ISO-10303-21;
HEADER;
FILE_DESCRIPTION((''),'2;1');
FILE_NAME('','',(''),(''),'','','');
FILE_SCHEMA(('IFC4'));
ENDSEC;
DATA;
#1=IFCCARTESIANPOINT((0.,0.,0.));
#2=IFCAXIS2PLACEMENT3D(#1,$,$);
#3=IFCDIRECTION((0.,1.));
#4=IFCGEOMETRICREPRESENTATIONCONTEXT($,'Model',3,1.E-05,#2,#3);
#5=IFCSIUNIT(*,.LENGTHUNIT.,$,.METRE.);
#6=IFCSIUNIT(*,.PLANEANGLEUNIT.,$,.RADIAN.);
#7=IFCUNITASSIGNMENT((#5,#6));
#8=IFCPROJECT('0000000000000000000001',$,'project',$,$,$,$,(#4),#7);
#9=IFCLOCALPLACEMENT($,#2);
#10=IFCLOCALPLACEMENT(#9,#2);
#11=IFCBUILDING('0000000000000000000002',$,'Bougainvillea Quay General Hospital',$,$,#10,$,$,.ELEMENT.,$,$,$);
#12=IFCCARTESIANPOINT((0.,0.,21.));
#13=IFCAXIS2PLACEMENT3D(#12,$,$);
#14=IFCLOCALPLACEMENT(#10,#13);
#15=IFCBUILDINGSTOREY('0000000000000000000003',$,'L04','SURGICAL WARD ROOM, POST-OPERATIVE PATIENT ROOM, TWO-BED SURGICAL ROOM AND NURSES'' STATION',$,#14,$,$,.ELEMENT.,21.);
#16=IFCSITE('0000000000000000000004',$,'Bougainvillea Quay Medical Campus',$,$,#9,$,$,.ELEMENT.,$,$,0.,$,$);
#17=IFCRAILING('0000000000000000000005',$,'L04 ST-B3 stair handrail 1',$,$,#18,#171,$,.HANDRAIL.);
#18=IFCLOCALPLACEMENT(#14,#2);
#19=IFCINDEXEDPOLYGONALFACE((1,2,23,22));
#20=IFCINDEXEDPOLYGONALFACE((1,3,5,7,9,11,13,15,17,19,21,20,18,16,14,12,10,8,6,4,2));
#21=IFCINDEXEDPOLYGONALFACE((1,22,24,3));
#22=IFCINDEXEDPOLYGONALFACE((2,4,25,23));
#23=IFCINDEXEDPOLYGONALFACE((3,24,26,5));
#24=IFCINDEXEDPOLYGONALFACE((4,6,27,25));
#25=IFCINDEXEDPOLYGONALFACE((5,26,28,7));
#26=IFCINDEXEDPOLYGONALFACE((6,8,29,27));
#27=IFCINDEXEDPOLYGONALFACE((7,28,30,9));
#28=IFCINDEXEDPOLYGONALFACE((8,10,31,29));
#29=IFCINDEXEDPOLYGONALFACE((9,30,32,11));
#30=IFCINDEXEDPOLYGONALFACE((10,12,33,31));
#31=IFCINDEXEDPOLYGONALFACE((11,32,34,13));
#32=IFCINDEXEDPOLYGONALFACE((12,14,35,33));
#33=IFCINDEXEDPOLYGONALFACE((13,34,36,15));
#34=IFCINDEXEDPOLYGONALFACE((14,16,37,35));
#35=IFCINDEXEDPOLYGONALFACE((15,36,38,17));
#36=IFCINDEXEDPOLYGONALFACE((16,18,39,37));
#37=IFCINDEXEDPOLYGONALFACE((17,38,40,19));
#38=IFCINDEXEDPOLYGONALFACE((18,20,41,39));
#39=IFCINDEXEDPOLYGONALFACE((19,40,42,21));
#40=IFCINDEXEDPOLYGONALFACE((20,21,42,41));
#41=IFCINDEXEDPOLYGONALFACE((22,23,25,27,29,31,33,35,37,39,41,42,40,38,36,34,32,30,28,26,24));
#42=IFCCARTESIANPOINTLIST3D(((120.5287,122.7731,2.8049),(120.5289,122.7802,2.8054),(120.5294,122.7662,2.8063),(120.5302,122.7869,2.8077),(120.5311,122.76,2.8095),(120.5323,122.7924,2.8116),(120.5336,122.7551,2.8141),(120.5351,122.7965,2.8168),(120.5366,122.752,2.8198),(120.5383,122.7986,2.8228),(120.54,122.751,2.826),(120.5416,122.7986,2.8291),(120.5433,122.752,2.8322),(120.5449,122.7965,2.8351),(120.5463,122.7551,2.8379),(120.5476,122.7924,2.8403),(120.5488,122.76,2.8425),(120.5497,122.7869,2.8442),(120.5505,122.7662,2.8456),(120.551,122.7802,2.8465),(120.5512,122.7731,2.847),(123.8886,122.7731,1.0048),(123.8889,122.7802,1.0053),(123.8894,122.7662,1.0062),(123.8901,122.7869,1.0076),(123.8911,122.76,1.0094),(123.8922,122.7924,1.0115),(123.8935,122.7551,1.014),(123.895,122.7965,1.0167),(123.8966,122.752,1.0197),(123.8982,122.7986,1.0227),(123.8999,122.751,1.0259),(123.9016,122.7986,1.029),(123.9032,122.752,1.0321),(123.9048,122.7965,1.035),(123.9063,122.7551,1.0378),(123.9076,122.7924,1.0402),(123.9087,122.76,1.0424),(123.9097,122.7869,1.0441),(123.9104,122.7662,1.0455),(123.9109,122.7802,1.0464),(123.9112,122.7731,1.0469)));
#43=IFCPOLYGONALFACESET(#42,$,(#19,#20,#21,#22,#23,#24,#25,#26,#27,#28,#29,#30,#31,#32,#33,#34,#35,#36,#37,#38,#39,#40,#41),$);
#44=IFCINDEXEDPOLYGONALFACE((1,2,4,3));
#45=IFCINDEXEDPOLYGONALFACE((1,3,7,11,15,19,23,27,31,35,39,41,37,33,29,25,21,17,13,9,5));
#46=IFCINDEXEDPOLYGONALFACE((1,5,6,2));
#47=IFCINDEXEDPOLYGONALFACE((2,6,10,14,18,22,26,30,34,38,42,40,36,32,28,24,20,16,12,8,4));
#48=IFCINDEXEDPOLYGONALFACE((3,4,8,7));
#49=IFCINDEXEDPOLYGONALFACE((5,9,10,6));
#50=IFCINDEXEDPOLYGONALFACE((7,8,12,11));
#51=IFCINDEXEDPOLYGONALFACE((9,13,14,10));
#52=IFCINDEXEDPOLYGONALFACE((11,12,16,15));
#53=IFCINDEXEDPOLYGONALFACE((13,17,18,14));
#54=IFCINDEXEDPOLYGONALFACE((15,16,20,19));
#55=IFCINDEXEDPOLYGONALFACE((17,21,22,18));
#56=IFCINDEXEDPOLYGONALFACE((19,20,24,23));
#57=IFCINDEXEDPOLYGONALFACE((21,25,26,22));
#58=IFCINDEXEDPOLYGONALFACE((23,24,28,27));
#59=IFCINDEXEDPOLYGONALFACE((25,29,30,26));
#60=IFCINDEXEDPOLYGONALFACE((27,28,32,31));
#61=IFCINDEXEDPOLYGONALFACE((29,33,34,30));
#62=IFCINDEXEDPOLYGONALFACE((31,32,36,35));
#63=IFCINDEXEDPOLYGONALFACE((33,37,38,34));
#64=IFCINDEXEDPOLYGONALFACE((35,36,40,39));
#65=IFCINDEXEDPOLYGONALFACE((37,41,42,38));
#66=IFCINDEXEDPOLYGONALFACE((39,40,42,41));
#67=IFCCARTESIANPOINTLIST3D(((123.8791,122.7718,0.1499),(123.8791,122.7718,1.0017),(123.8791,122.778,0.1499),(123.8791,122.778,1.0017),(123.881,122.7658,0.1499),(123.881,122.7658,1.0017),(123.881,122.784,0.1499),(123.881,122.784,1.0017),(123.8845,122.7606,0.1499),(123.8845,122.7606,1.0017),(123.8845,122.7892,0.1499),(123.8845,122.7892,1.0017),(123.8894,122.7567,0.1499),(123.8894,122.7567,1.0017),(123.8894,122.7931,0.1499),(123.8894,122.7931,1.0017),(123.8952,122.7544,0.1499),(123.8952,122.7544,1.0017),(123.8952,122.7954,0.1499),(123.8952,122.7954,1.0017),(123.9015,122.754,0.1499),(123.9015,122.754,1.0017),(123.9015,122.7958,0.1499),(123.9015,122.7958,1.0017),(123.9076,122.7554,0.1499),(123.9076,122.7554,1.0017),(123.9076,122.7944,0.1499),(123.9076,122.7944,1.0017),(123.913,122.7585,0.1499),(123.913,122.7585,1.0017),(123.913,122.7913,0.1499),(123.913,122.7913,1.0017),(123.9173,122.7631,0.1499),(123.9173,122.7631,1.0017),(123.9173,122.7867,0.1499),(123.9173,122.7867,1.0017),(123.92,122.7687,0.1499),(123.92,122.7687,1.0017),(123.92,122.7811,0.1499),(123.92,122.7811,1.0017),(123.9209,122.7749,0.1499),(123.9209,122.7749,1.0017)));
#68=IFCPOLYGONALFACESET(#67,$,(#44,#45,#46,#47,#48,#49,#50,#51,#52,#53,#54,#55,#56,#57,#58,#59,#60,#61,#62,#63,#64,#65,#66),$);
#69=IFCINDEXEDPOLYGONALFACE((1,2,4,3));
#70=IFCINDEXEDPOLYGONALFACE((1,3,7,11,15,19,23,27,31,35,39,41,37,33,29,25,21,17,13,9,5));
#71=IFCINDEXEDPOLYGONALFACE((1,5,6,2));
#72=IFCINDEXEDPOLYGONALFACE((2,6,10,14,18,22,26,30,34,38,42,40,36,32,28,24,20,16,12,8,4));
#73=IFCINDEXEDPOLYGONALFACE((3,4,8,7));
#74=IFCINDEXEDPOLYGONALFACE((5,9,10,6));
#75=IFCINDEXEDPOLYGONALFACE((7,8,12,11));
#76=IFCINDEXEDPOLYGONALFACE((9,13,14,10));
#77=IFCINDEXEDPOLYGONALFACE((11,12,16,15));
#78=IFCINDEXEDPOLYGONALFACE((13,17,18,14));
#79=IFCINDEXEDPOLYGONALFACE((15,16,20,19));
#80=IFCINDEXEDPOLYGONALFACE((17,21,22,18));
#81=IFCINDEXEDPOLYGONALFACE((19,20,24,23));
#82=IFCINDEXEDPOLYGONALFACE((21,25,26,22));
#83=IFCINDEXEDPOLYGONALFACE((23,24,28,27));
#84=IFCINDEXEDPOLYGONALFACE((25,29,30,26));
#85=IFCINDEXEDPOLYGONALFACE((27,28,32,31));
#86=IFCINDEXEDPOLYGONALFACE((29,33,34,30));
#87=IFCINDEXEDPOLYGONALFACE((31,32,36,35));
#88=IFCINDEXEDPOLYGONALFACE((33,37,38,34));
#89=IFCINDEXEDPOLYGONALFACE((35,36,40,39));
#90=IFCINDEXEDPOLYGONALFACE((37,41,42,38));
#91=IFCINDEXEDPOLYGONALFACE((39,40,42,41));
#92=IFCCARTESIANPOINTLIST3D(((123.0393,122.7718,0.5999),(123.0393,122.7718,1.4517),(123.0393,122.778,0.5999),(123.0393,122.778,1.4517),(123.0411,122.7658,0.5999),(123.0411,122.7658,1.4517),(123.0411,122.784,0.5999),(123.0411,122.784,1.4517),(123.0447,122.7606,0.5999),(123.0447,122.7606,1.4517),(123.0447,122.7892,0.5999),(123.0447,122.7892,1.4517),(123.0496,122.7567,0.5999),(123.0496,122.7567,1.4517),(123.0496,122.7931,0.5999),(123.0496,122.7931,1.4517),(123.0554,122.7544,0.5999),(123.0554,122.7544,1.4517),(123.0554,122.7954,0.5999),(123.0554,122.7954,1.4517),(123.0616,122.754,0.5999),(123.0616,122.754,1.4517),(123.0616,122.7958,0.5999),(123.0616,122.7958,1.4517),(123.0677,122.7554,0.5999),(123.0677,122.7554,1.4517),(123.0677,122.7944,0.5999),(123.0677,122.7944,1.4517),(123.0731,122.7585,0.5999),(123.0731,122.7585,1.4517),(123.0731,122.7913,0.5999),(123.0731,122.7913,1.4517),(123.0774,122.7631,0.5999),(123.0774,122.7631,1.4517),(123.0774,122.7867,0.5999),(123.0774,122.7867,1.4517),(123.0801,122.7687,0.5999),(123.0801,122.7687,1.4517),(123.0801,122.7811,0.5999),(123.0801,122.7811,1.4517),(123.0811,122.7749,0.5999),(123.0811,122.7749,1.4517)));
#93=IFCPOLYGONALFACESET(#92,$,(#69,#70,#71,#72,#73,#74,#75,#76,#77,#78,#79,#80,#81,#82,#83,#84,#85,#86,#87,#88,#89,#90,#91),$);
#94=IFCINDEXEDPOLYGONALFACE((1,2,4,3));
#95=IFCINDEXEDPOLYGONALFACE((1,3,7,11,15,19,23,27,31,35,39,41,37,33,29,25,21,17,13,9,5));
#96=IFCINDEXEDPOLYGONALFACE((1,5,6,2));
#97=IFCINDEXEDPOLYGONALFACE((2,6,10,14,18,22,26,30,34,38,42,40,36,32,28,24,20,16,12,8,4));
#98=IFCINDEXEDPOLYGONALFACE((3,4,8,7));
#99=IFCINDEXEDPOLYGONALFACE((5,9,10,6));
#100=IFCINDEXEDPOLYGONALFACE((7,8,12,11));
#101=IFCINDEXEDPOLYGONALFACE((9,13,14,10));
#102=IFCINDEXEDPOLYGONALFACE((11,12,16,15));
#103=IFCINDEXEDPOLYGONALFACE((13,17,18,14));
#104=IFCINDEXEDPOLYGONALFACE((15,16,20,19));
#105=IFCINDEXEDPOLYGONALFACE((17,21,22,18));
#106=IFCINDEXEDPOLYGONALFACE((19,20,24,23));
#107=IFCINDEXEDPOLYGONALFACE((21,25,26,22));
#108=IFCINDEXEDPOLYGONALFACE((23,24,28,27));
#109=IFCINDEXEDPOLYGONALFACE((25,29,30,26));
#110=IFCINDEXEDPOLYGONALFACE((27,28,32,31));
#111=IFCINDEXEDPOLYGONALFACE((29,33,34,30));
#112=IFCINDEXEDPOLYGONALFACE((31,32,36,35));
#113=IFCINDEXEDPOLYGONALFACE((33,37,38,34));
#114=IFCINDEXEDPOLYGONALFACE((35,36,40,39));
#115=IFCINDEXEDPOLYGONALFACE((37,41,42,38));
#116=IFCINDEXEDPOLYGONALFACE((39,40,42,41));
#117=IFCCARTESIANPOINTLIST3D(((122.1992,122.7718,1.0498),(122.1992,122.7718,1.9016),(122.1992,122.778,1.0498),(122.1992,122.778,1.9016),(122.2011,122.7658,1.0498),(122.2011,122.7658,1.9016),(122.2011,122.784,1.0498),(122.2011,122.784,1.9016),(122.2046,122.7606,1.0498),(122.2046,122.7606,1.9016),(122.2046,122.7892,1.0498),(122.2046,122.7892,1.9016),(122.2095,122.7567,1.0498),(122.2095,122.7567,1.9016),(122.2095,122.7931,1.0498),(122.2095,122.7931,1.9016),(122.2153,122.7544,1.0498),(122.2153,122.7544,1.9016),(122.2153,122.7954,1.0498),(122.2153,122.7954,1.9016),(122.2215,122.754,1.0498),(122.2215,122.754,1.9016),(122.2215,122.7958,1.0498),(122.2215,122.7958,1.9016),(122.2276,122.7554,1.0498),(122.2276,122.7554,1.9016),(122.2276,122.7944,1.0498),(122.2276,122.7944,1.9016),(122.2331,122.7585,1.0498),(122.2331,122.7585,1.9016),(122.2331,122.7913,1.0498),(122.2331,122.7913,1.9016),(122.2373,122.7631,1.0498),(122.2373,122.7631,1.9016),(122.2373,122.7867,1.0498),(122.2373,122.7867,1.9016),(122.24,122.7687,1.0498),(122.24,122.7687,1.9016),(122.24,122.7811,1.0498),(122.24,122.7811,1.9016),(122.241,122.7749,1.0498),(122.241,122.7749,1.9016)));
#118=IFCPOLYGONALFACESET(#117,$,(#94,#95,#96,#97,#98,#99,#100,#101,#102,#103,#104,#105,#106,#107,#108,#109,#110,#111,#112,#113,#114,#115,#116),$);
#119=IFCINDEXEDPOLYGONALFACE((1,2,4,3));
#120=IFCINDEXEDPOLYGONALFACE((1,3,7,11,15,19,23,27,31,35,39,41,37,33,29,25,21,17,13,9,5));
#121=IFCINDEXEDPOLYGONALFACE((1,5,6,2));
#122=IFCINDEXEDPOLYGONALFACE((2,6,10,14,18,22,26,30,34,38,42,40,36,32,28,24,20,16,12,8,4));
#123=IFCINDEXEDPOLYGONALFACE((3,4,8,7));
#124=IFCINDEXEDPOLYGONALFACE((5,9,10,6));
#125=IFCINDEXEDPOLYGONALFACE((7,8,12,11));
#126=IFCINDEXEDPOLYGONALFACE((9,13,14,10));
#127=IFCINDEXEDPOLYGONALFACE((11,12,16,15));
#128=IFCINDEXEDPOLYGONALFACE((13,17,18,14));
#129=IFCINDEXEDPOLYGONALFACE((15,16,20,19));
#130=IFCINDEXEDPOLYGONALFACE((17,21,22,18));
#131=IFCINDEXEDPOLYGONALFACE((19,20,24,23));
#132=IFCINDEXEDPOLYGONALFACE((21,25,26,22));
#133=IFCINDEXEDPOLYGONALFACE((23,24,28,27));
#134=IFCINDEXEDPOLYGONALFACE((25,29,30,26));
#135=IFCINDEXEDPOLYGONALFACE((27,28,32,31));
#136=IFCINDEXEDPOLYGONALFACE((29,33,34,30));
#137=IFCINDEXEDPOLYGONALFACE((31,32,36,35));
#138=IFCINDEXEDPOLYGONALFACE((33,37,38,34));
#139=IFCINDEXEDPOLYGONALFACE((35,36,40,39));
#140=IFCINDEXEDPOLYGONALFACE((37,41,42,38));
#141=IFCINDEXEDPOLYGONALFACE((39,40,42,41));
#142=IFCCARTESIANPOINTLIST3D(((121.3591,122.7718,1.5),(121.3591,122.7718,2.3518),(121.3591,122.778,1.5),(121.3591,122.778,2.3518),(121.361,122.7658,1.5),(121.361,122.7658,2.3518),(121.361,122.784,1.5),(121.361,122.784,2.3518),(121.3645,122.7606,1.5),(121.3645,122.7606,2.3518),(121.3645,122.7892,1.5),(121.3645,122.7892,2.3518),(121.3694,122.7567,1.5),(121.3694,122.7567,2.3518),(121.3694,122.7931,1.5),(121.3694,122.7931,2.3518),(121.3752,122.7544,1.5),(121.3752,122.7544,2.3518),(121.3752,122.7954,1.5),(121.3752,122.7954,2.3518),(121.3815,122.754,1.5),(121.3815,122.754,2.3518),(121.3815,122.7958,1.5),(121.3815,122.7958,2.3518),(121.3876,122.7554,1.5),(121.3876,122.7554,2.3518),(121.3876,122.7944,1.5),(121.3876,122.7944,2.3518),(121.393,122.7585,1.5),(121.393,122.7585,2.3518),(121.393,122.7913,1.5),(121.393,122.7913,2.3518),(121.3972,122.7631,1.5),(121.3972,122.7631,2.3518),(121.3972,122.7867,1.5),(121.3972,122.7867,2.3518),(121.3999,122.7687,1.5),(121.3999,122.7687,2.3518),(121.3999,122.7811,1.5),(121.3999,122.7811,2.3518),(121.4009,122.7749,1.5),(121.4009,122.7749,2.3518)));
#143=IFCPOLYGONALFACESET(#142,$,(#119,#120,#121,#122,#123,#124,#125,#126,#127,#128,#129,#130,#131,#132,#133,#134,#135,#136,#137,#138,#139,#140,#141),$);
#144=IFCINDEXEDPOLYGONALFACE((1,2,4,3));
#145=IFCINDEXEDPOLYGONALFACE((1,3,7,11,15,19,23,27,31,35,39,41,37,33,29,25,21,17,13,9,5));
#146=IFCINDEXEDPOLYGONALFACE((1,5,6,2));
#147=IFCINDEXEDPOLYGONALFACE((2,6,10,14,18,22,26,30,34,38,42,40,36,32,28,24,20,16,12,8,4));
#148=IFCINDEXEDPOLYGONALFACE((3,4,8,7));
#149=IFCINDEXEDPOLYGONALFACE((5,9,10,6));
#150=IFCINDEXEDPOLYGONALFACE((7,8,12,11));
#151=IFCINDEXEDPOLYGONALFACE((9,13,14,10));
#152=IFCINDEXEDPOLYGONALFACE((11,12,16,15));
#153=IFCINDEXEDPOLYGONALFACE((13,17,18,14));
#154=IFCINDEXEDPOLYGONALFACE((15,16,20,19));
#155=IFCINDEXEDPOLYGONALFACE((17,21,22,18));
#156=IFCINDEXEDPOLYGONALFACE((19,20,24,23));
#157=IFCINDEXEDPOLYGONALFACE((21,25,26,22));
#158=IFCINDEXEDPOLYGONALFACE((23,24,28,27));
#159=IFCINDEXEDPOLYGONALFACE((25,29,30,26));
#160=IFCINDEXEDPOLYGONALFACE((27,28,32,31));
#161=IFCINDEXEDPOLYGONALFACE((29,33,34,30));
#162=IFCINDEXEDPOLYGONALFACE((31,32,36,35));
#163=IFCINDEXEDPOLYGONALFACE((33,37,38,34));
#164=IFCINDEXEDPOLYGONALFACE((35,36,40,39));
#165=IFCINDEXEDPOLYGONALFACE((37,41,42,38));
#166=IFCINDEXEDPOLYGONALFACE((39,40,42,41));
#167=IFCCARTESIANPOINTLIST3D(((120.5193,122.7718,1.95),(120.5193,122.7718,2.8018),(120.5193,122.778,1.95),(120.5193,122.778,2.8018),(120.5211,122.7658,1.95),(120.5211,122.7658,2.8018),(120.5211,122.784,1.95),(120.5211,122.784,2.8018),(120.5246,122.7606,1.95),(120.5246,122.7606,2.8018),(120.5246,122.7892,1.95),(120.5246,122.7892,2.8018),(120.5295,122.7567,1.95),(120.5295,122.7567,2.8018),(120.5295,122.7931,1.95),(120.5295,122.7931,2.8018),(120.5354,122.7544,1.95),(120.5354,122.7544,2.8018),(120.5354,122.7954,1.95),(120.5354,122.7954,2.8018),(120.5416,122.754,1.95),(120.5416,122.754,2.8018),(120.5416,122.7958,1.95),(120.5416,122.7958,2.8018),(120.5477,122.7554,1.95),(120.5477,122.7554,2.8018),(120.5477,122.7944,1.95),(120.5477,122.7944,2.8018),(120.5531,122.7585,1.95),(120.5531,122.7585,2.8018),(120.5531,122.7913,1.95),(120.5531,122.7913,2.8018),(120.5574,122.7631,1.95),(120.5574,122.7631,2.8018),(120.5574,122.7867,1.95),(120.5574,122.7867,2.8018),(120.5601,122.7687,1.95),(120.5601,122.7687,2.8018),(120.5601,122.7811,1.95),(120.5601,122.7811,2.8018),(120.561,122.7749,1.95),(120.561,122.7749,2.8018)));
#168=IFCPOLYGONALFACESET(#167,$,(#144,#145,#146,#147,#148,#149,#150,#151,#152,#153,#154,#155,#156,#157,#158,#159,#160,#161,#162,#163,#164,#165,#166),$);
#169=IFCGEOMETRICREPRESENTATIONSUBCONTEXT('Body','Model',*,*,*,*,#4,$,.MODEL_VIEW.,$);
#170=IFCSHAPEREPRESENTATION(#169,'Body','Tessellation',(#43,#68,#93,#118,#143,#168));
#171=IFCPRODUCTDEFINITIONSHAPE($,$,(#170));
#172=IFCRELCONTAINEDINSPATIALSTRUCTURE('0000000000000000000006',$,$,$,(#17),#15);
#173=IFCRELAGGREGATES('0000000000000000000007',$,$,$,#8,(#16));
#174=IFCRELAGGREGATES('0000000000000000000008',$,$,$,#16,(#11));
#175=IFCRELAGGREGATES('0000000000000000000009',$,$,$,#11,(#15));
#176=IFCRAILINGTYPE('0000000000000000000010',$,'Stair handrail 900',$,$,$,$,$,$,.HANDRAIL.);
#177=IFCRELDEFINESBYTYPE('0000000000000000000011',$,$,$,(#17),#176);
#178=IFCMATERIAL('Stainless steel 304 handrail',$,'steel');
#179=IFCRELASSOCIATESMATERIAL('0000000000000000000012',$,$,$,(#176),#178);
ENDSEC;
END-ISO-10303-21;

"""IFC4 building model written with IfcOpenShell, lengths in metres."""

from ifc_helpers import new_model, si_unit, direction, frame, origin, origin_2d, place, context, subcontext, project, spatial, circle, extrude, material, type_object, element, save


model = new_model("IFC4")

# Units and contexts
model_context = context("Model", 3, precision=1e-05, world=origin(), true_north=direction((0.0, 1.0)))
body_context = subcontext(model_context, "Body", "Model", "MODEL_VIEW")
ifc_project = project(units=[si_unit("LENGTHUNIT", "METRE"), si_unit("PLANEANGLEUNIT", "RADIAN")], contexts=[model_context])

# Site, building, storey
site_placement = place(None, origin())
site = spatial("IfcSite", under=ifc_project, at=site_placement, Name="Bougainvillea Quay Medical Campus", CompositionType="ELEMENT", RefElevation=0.0)
building_placement = place(site_placement, origin())
building = spatial("IfcBuilding", under=site, at=building_placement, Name="Bougainvillea Quay General Hospital", CompositionType="ELEMENT")
storey_placement = place(building_placement, frame((0.0, 0.0, 21.0)))
storey = spatial("IfcBuildingStorey", under=building, at=storey_placement, Name="L04", Description="SURGICAL WARD ROOM, POST-OPERATIVE PATIENT ROOM, TWO-BED SURGICAL ROOM AND NURSES' STATION", CompositionType="ELEMENT", Elevation=21.0)

# Railing
ifc_material_1 = material(Name="Stainless steel 304 handrail", Category="steel")
railing_type_1 = type_object("IfcRailingType", Name="Stair handrail 900", PredefinedType="HANDRAIL", material=ifc_material_1)
railing_1_placement = place(storey_placement, frame((123.8999, 122.7749, 0.1499)))
element("IfcRailing", 1, at=railing_1_placement, inside=storey, type_object=railing_type_1, Name="L04 ST-B3 stair handrail 1", PredefinedType="HANDRAIL", context=body_context, shape_type="SweptSolid", body=[
    extrude(circle(Radius=0.0239, at=origin_2d()), frame((0.0, 0.0, 0.876), z_axis=(-0.881467, 0.0, 0.472246), x_axis=(0.0, -1.0, 0.0)), (0.0, 0.0, 1.0), 3.8118),
    extrude(circle(Radius=0.021, at=origin_2d()), origin(), (0.0, 0.0, 1.0), 0.8518),
    extrude(circle(Radius=0.021, at=origin_2d()), frame((-0.8398, 0.0, 0.45)), (0.0, 0.0, 1.0), 0.8518),
    extrude(circle(Radius=0.021, at=origin_2d()), frame((-1.6799, 0.0, 0.8999)), (0.0, 0.0, 1.0), 0.8518),
    extrude(circle(Radius=0.021, at=origin_2d()), frame((-2.52, 0.0, 1.3501)), (0.0, 0.0, 1.0), 0.8518),
    extrude(circle(Radius=0.021, at=origin_2d()), frame((-3.3599, 0.0, 1.8)), (0.0, 0.0, 1.0), 0.8518),
])

save(model, "model.ifc")
